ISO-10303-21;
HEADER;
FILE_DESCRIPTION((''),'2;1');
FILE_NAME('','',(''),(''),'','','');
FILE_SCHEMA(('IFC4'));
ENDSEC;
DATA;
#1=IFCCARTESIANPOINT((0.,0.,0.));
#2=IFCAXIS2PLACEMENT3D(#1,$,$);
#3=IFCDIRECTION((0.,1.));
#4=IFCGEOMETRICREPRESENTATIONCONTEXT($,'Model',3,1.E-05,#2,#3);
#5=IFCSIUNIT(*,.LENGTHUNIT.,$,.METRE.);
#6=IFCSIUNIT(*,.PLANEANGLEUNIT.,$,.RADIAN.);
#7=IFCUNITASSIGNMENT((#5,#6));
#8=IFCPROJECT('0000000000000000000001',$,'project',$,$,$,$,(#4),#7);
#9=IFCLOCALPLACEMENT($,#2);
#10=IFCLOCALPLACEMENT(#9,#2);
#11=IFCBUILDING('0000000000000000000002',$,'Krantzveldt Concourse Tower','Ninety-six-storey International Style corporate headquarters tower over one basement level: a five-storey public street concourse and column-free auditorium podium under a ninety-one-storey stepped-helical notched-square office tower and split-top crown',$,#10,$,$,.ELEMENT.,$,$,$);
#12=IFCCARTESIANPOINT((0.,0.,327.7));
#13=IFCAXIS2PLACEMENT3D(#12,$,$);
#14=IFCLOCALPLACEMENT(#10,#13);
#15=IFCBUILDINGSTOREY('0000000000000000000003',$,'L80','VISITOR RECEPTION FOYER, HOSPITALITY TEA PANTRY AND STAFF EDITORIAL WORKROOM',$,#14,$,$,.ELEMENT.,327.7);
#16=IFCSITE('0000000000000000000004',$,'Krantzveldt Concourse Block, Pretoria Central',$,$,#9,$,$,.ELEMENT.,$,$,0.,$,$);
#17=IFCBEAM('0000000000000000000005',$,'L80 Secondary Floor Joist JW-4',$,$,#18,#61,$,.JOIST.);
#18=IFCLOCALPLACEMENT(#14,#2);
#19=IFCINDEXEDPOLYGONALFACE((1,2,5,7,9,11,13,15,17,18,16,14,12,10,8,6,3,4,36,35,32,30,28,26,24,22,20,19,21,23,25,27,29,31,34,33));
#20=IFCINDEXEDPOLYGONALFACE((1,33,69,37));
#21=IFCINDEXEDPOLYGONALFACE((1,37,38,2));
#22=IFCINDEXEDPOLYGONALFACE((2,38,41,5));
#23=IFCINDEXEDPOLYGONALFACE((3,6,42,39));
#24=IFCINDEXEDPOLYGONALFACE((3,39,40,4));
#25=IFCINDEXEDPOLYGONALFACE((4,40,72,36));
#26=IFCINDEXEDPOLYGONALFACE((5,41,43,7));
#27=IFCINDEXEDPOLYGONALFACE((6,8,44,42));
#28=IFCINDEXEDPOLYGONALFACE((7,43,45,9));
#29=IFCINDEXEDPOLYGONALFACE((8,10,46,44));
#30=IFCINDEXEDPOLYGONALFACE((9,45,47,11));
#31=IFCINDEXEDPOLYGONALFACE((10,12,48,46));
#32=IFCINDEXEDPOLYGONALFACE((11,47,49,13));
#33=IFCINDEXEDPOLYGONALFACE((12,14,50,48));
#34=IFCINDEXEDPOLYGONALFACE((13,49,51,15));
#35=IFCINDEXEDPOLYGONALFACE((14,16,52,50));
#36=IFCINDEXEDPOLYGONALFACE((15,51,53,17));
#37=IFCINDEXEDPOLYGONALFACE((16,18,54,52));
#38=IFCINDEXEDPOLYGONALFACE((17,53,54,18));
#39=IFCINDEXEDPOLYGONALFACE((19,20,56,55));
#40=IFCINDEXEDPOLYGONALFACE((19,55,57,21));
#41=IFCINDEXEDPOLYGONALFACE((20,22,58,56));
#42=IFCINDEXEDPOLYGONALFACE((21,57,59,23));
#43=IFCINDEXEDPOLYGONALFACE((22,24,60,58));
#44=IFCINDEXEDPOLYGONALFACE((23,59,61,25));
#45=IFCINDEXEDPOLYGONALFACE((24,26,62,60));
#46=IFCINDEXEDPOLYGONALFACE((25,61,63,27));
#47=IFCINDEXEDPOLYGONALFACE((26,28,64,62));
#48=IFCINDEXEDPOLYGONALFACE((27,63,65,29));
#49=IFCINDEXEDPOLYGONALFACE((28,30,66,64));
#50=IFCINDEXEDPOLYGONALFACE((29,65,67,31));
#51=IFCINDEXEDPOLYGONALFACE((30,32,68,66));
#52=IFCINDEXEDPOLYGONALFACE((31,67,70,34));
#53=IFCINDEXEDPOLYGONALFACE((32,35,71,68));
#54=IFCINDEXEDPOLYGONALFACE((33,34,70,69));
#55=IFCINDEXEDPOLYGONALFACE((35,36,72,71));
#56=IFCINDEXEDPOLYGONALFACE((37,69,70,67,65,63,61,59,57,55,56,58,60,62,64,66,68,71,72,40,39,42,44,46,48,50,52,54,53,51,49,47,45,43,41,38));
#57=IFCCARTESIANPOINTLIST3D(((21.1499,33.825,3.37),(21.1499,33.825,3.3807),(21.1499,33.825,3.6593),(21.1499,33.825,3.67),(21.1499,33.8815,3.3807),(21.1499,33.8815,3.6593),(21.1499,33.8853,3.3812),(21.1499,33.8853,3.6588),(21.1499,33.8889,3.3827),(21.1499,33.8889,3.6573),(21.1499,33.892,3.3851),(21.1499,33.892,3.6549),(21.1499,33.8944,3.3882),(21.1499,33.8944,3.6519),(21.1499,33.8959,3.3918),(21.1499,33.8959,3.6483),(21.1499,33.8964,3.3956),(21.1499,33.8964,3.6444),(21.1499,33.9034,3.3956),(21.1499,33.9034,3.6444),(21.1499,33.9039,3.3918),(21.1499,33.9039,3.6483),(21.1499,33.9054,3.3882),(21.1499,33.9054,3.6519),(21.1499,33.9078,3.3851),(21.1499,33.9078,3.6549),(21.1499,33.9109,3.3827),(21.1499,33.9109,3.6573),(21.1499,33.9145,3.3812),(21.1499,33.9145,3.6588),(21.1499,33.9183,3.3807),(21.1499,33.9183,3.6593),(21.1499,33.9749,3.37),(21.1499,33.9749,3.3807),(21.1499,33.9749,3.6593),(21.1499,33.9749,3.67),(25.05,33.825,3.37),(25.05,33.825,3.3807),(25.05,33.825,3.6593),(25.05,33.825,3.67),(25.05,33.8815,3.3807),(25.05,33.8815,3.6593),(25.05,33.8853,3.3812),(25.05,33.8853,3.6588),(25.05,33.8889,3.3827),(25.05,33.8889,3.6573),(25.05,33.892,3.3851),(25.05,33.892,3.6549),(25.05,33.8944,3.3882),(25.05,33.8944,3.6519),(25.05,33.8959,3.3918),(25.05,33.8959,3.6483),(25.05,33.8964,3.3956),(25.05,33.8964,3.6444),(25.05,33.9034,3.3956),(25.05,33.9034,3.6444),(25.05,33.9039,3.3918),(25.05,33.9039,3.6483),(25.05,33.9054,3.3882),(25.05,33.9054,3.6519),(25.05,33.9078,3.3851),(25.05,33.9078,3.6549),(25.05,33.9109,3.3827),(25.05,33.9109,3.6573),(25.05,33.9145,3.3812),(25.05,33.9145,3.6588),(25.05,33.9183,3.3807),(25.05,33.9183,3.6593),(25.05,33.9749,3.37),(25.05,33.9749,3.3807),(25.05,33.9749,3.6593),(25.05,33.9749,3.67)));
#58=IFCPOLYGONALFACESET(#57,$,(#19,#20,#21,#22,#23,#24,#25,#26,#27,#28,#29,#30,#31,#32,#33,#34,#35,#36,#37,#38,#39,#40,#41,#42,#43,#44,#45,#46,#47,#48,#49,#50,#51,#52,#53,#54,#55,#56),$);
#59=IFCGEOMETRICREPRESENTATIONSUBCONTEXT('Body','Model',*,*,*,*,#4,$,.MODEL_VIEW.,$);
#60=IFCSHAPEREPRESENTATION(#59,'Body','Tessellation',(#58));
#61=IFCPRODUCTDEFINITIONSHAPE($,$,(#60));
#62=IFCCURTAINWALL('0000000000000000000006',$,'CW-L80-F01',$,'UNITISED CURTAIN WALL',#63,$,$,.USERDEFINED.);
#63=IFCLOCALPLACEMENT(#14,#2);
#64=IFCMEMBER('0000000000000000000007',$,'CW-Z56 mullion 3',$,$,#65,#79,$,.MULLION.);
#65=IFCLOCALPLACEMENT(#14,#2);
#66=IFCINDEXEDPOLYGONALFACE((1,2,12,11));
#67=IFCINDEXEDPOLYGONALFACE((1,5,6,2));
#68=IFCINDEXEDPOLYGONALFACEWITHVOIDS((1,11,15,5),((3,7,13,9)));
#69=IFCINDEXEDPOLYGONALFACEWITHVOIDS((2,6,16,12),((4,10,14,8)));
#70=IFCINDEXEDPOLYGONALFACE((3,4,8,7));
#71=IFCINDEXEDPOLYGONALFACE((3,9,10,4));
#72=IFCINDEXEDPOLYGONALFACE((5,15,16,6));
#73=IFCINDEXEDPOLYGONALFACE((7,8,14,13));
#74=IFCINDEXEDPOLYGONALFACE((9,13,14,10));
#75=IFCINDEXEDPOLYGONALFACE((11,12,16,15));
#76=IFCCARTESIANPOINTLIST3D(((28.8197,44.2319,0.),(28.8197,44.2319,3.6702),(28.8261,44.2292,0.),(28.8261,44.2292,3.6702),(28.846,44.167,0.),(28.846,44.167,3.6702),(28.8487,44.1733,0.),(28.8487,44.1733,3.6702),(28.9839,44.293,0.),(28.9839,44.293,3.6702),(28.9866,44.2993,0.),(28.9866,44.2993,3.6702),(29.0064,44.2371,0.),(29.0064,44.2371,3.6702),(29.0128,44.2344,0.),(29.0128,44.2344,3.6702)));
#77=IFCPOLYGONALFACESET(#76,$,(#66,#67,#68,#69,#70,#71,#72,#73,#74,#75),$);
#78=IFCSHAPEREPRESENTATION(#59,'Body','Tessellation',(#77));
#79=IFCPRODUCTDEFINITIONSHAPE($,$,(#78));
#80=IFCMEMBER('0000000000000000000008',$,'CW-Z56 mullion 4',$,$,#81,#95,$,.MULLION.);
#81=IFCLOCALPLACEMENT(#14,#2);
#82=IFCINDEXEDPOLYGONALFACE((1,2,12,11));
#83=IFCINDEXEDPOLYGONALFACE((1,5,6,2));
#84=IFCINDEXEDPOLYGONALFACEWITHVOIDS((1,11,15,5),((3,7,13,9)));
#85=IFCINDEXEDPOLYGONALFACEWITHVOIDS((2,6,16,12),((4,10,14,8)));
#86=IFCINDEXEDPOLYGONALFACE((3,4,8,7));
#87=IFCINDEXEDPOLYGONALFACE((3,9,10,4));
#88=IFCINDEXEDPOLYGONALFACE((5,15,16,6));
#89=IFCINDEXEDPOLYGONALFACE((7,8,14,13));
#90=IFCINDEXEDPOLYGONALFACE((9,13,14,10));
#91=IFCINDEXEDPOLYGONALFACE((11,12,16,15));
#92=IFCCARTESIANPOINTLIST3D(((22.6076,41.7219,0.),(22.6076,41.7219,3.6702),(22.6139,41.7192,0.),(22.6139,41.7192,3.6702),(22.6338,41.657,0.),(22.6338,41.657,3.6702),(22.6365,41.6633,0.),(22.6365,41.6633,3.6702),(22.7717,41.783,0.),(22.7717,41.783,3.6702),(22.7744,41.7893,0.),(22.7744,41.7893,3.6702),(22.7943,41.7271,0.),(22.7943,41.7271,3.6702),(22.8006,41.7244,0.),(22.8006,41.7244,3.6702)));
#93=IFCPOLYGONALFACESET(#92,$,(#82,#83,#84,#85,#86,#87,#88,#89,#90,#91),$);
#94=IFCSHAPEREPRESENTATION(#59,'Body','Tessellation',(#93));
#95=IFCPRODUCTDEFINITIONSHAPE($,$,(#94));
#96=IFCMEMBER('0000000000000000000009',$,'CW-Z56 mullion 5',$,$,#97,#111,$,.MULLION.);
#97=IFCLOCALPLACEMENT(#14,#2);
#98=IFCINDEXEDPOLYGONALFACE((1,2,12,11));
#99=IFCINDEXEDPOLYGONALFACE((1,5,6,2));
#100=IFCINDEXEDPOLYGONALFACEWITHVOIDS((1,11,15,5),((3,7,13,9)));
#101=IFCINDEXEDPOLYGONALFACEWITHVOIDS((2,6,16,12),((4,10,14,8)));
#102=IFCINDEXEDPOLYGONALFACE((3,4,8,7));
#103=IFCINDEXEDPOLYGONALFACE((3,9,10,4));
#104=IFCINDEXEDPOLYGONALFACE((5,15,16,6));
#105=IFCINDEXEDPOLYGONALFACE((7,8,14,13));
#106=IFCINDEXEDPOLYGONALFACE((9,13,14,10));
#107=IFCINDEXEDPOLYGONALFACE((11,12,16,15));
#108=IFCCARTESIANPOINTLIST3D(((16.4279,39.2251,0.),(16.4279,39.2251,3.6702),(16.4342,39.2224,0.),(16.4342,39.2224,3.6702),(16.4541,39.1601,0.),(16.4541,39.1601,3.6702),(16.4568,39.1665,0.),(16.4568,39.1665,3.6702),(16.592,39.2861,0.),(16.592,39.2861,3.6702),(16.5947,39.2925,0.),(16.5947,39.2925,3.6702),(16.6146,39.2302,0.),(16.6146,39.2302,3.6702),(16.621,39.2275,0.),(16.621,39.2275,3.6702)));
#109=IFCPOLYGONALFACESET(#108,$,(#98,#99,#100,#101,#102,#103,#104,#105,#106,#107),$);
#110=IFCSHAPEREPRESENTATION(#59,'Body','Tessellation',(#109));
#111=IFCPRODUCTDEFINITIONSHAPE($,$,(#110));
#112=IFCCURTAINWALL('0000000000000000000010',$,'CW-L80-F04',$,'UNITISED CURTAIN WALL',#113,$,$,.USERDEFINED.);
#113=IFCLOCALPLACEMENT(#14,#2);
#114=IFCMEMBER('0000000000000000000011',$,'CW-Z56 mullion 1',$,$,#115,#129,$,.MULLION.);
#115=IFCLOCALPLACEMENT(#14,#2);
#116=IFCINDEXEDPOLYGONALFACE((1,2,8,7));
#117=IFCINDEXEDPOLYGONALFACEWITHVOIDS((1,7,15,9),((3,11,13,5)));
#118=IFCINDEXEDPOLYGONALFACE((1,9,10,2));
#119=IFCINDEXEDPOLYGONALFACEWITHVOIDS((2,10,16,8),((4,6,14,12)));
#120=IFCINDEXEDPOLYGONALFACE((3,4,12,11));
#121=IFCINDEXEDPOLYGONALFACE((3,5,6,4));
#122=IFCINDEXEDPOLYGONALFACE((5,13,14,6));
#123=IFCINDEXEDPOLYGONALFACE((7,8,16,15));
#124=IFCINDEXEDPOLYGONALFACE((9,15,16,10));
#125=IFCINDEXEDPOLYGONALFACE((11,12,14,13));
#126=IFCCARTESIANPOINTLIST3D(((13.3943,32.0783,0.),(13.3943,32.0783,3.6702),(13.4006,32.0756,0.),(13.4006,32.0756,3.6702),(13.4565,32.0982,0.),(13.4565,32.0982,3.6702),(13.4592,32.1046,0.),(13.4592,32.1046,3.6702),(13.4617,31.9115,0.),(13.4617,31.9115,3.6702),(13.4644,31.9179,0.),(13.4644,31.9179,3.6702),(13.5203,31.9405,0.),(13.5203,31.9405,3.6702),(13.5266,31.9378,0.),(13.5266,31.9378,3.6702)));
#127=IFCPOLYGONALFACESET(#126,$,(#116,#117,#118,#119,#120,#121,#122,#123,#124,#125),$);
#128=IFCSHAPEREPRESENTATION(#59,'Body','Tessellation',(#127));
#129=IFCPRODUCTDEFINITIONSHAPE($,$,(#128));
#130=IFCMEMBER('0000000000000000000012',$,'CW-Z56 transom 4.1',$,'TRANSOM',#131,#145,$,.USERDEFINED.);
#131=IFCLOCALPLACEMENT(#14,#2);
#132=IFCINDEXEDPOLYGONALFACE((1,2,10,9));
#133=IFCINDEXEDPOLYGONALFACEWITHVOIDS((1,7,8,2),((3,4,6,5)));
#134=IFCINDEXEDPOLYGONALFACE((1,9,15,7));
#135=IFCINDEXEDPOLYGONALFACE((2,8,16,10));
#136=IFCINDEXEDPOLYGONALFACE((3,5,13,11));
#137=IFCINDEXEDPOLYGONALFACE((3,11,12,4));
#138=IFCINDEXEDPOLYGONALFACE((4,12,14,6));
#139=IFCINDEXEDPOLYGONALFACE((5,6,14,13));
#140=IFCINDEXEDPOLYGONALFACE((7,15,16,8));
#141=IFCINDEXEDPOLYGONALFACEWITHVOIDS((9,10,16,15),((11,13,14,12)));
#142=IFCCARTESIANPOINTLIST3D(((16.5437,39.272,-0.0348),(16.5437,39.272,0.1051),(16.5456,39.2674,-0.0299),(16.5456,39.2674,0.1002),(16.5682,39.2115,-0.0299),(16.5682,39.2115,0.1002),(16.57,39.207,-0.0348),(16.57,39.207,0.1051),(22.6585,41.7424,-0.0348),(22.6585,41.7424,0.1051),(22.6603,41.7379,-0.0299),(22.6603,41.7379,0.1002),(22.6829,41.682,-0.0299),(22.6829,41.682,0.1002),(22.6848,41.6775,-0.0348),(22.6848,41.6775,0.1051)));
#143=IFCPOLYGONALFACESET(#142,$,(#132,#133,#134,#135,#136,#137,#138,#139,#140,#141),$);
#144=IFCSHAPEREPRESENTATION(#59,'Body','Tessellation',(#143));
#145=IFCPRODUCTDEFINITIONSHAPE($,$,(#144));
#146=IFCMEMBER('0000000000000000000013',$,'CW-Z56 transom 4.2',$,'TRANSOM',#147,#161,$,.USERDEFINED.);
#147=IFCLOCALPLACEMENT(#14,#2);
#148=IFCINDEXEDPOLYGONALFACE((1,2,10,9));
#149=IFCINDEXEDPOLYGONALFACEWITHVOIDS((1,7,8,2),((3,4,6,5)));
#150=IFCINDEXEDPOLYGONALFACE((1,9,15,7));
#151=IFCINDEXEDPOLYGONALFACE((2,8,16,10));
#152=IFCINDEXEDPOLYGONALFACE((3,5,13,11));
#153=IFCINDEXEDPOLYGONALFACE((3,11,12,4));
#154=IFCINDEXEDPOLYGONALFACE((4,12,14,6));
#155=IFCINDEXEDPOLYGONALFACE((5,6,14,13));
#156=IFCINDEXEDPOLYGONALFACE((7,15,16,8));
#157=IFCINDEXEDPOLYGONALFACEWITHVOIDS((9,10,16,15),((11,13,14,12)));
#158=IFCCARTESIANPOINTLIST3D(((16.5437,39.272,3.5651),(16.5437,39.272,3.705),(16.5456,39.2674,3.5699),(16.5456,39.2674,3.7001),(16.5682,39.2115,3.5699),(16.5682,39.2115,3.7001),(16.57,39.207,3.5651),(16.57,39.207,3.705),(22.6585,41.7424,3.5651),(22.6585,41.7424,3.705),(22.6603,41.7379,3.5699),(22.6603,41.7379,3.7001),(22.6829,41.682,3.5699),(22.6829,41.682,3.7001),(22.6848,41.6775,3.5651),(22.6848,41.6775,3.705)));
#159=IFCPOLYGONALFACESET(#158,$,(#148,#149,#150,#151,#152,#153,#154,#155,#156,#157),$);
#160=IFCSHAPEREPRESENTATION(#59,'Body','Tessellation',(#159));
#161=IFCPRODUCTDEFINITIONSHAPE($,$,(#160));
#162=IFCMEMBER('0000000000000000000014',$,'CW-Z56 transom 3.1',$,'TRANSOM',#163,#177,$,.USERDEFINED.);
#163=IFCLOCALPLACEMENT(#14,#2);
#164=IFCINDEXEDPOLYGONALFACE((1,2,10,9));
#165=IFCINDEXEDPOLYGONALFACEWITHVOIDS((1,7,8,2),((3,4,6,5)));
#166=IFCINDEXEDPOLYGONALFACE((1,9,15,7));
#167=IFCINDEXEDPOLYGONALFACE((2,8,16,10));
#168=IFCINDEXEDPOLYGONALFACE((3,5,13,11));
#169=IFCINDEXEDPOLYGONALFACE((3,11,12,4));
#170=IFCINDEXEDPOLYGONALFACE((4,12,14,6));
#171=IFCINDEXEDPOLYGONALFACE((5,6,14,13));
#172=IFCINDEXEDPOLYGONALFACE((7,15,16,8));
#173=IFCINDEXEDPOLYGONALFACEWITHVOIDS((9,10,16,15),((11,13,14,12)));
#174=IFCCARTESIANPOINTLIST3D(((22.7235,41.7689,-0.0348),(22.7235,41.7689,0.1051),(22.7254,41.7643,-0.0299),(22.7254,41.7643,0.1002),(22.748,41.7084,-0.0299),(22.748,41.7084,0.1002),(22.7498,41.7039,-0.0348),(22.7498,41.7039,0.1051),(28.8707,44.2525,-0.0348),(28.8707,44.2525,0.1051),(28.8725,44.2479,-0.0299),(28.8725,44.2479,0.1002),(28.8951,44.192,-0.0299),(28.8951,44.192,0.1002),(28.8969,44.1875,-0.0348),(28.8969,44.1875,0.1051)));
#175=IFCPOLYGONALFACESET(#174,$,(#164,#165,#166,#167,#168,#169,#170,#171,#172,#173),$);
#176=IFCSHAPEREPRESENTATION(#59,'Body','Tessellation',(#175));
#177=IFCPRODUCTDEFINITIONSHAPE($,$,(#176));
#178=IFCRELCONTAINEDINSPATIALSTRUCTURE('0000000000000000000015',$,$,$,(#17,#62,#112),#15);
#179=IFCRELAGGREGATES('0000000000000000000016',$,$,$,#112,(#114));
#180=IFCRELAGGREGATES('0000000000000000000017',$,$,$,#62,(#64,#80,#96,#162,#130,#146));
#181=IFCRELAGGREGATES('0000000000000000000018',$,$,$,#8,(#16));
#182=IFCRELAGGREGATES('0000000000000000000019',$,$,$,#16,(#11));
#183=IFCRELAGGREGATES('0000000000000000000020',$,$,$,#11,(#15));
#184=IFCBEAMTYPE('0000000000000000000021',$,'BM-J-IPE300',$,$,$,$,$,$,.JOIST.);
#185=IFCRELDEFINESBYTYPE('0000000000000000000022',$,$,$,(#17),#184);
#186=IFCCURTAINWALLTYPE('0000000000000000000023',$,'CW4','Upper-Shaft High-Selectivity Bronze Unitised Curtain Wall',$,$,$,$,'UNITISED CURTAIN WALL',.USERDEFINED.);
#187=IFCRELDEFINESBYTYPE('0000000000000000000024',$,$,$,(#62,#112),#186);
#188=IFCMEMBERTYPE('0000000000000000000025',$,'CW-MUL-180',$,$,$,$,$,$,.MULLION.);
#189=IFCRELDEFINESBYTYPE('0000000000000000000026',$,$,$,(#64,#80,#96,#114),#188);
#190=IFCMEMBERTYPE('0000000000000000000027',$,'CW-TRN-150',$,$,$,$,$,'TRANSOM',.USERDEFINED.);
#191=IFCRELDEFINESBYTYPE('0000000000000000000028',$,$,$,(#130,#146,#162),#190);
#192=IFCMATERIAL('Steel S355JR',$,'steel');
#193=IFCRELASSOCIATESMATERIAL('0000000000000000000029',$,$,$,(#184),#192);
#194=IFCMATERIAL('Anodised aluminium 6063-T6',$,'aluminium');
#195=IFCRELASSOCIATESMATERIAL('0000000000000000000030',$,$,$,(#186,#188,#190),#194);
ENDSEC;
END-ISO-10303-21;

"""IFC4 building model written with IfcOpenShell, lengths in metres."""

from ifc_helpers import new_model, si_unit, direction, frame, origin, origin_2d, place, context, subcontext, project, spatial, hollow_rectangle, i_section, extrude, source, transform, mapped, material, material_profile, profile_set, type_object, type_shapes, element, aggregate, save


model = new_model("IFC4")

# Units and contexts
model_context = context("Model", 3, precision=1e-05, world=origin(), true_north=direction((0.0, 1.0)))
body_context = subcontext(model_context, "Body", "Model", "MODEL_VIEW")
ifc_project = project(units=[si_unit("LENGTHUNIT", "METRE"), si_unit("PLANEANGLEUNIT", "RADIAN")], contexts=[model_context])

# Site, building, storey
site_placement = place(None, origin())
site = spatial("IfcSite", under=ifc_project, at=site_placement, Name="Krantzveldt Concourse Block, Pretoria Central", CompositionType="ELEMENT", RefElevation=0.0)
building_placement = place(site_placement, origin())
building = spatial("IfcBuilding", under=site, at=building_placement, Name="Krantzveldt Concourse Tower", Description="Ninety-six-storey International Style corporate headquarters tower over one basement level: a five-storey public street concourse and column-free auditorium podium under a ninety-one-storey stepped-helical notched-square office tower and split-top crown", CompositionType="ELEMENT")
storey_placement = place(building_placement, frame((0.0, 0.0, 327.7)))
storey = spatial("IfcBuildingStorey", under=building, at=storey_placement, Name="L80", Description="VISITOR RECEPTION FOYER, HOSPITALITY TEA PANTRY AND STAFF EDITORIAL WORKROOM", CompositionType="ELEMENT", Elevation=327.7)

# Beam
ifc_material_1 = material(Name="Steel S355JR", Category="steel")
ifc_material_profile_1 = material_profile(ifc_material_1, i_section(OverallWidth=0.1499, OverallDepth=0.3, WebThickness=0.0071, FlangeThickness=0.0107, FilletRadius=0.0149, at=origin_2d()), Name="Steel S355JR", Category="steel")
ifc_profile_set_1 = profile_set([ifc_material_profile_1], Name="Steel S355JR - IPE 300")
beam_type_1 = type_object("IfcBeamType", Name="BM-J-IPE300", PredefinedType="JOIST", material=ifc_profile_set_1)
shared_shape_1 = source(origin(), body_context, "Body", "SweptSolid", [
    extrude(i_section(OverallWidth=0.1499, OverallDepth=0.3, WebThickness=0.0071, FlangeThickness=0.0107, FilletRadius=0.0149, at=origin_2d()), origin(), (0.0, 0.0, 1.0), 3.9001),
])
beam_1_placement = place(storey_placement, frame((21.1499, 33.8999, 3.52), z_axis=(1.0, 0.0, 0.0), x_axis=(0.0, 1.0, 0.0)))
element("IfcBeam", 1, at=beam_1_placement, inside=storey, type_object=beam_type_1, Name="L80 Secondary Floor Joist JW-4", PredefinedType="JOIST", context=body_context, shape_type="MappedRepresentation", body=[
    mapped(shared_shape_1, transform((0.0, 0.0, 0.0), x_axis=(1.0, 0.0, 0.0), y_axis=(0.0, 1.0, 0.0), z_axis=(0.0, 0.0, 1.0), scale=1.0)),
])

# Curtain wall, members
ifc_material_2 = material(Name="Anodised aluminium 6063-T6", Category="aluminium")
curtain_wall_type = type_object("IfcCurtainWallType", Name="CW4", Description="Upper-Shaft High-Selectivity Bronze Unitised Curtain Wall", ElementType="UNITISED CURTAIN WALL", PredefinedType="USERDEFINED", material=ifc_material_2)
curtain_wall_1_placement = place(storey_placement, origin())
curtain_wall_1 = element("IfcCurtainWall", 2, at=curtain_wall_1_placement, inside=storey, type_object=curtain_wall_type, Name="CW-L80-F01", ObjectType="UNITISED CURTAIN WALL", PredefinedType="USERDEFINED")
ifc_material_profile_2 = material_profile(ifc_material_2, hollow_rectangle(XDim=0.0701, YDim=0.1799, WallThickness=0.0049, at=origin_2d()), Name="Anodised aluminium 6063-T6", Category="aluminium")
ifc_profile_set_2 = profile_set([ifc_material_profile_2], Name="Anodised aluminium 6063-T6 - ALU-MULL 180x70x5")
member_type_1 = type_object("IfcMemberType", Name="CW-MUL-180", PredefinedType="MULLION", material=ifc_profile_set_2)
shared_shape_2 = source(origin(), body_context, "Body", "SweptSolid", [
    extrude(hollow_rectangle(XDim=0.0701, YDim=0.1799, WallThickness=0.0049, at=origin_2d()), origin(), (0.0, 0.0, 1.0), 3.6702),
])
type_shapes(member_type_1, [shared_shape_2])
member_1_placement = place(storey_placement, frame((28.9163, 44.2332, 0.0), z_axis=(0.0, 0.0, 1.0), x_axis=(0.374607, -0.927184, 0.0)))
member_1 = element("IfcMember", 3, at=member_1_placement, type_object=member_type_1, Name="CW-Z56 mullion 3", PredefinedType="MULLION", context=body_context, shape_type="MappedRepresentation", body=[
    mapped(shared_shape_2, transform((0.0, 0.0, 0.0), x_axis=(1.0, 0.0, 0.0), y_axis=(0.0, 1.0, 0.0), z_axis=(0.0, 0.0, 1.0), scale=1.0)),
])
member_2_placement = place(storey_placement, frame((22.7041, 41.7231, 0.0), z_axis=(0.0, 0.0, 1.0), x_axis=(0.374607, -0.927184, 0.0)))
member_2 = element("IfcMember", 4, at=member_2_placement, type_object=member_type_1, Name="CW-Z56 mullion 4", PredefinedType="MULLION", context=body_context, shape_type="MappedRepresentation", body=[
    mapped(shared_shape_2, transform((0.0, 0.0, 0.0), x_axis=(1.0, 0.0, 0.0), y_axis=(0.0, 1.0, 0.0), z_axis=(0.0, 0.0, 1.0), scale=1.0)),
])
member_3_placement = place(storey_placement, frame((16.5244, 39.2263, 0.0), z_axis=(0.0, 0.0, 1.0), x_axis=(0.374607, -0.927184, 0.0)))
member_3 = element("IfcMember", 5, at=member_3_placement, type_object=member_type_1, Name="CW-Z56 mullion 5", PredefinedType="MULLION", context=body_context, shape_type="MappedRepresentation", body=[
    mapped(shared_shape_2, transform((0.0, 0.0, 0.0), x_axis=(1.0, 0.0, 0.0), y_axis=(0.0, 1.0, 0.0), z_axis=(0.0, 0.0, 1.0), scale=1.0)),
])

# Curtain wall, member
curtain_wall_2_placement = place(storey_placement, origin())
curtain_wall_2 = element("IfcCurtainWall", 6, at=curtain_wall_2_placement, inside=storey, type_object=curtain_wall_type, Name="CW-L80-F04", ObjectType="UNITISED CURTAIN WALL", PredefinedType="USERDEFINED")
member_4_placement = place(storey_placement, frame((13.4604, 32.0081, 0.0), z_axis=(0.0, 0.0, 1.0), x_axis=(0.927184, 0.374607, 0.0)))
member_4 = element("IfcMember", 7, at=member_4_placement, type_object=member_type_1, Name="CW-Z56 mullion 1", PredefinedType="MULLION", context=body_context, shape_type="MappedRepresentation", body=[
    mapped(shared_shape_2, transform((0.0, 0.0, 0.0), x_axis=(1.0, 0.0, 0.0), y_axis=(0.0, 1.0, 0.0), z_axis=(0.0, 0.0, 1.0), scale=1.0)),
])
aggregate(curtain_wall_2, [member_4])

# Members
ifc_material_profile_3 = material_profile(ifc_material_2, hollow_rectangle(XDim=0.0701, YDim=0.1399, WallThickness=0.0049, at=origin_2d()), Name="Anodised aluminium 6063-T6", Category="aluminium")
ifc_profile_set_3 = profile_set([ifc_material_profile_3], Name="Anodised aluminium 6063-T6 - ALU-TRAN 140x70x5")
member_type_2 = type_object("IfcMemberType", Name="CW-TRN-150", ElementType="TRANSOM", PredefinedType="USERDEFINED", material=ifc_profile_set_3)
shared_shape_3 = source(origin(), body_context, "Body", "SweptSolid", [
    extrude(hollow_rectangle(XDim=0.0701, YDim=0.1399, WallThickness=0.0049, at=origin_2d()), origin(), (0.0, 0.0, 1.0), 6.595),
])
member_5_placement = place(storey_placement, frame((22.6716, 41.71, 0.0352), z_axis=(-0.927187, -0.374599, 0.0), x_axis=(0.374599, -0.927187, 0.0)))
member_5 = element("IfcMember", 8, at=member_5_placement, type_object=member_type_2, Name="CW-Z56 transom 4.1", ObjectType="TRANSOM", PredefinedType="USERDEFINED", context=body_context, shape_type="MappedRepresentation", body=[
    mapped(shared_shape_3, transform((0.0, 0.0, 0.0), x_axis=(1.0, 0.0, 0.0), y_axis=(0.0, 1.0, 0.0), z_axis=(0.0, 0.0, 1.0), scale=1.0)),
])
member_6_placement = place(storey_placement, frame((22.6716, 41.71, 3.635), z_axis=(-0.927187, -0.374599, 0.0), x_axis=(0.374599, -0.927187, 0.0)))
member_6 = element("IfcMember", 9, at=member_6_placement, type_object=member_type_2, Name="CW-Z56 transom 4.2", ObjectType="TRANSOM", PredefinedType="USERDEFINED", context=body_context, shape_type="MappedRepresentation", body=[
    mapped(shared_shape_3, transform((0.0, 0.0, 0.0), x_axis=(1.0, 0.0, 0.0), y_axis=(0.0, 1.0, 0.0), z_axis=(0.0, 0.0, 1.0), scale=1.0)),
])
shared_shape_4 = source(origin(), body_context, "Body", "SweptSolid", [
    extrude(hollow_rectangle(XDim=0.0701, YDim=0.1399, WallThickness=0.0049, at=origin_2d()), origin(), (0.0, 0.0, 1.0), 6.6299),
])
type_shapes(member_type_2, [shared_shape_3, shared_shape_4])
member_7_placement = place(storey_placement, frame((28.8838, 44.22, 0.0352), z_axis=(-0.927184, -0.374607, 0.0), x_axis=(0.374607, -0.927184, 0.0)))
member_7 = element("IfcMember", 10, at=member_7_placement, type_object=member_type_2, Name="CW-Z56 transom 3.1", ObjectType="TRANSOM", PredefinedType="USERDEFINED", context=body_context, shape_type="MappedRepresentation", body=[
    mapped(shared_shape_4, transform((0.0, 0.0, 0.0), x_axis=(1.0, 0.0, 0.0), y_axis=(0.0, 1.0, 0.0), z_axis=(0.0, 0.0, 1.0), scale=1.0)),
])

aggregate(curtain_wall_1, [member_1, member_2, member_3, member_7, member_5, member_6])

save(model, "model.ifc")
